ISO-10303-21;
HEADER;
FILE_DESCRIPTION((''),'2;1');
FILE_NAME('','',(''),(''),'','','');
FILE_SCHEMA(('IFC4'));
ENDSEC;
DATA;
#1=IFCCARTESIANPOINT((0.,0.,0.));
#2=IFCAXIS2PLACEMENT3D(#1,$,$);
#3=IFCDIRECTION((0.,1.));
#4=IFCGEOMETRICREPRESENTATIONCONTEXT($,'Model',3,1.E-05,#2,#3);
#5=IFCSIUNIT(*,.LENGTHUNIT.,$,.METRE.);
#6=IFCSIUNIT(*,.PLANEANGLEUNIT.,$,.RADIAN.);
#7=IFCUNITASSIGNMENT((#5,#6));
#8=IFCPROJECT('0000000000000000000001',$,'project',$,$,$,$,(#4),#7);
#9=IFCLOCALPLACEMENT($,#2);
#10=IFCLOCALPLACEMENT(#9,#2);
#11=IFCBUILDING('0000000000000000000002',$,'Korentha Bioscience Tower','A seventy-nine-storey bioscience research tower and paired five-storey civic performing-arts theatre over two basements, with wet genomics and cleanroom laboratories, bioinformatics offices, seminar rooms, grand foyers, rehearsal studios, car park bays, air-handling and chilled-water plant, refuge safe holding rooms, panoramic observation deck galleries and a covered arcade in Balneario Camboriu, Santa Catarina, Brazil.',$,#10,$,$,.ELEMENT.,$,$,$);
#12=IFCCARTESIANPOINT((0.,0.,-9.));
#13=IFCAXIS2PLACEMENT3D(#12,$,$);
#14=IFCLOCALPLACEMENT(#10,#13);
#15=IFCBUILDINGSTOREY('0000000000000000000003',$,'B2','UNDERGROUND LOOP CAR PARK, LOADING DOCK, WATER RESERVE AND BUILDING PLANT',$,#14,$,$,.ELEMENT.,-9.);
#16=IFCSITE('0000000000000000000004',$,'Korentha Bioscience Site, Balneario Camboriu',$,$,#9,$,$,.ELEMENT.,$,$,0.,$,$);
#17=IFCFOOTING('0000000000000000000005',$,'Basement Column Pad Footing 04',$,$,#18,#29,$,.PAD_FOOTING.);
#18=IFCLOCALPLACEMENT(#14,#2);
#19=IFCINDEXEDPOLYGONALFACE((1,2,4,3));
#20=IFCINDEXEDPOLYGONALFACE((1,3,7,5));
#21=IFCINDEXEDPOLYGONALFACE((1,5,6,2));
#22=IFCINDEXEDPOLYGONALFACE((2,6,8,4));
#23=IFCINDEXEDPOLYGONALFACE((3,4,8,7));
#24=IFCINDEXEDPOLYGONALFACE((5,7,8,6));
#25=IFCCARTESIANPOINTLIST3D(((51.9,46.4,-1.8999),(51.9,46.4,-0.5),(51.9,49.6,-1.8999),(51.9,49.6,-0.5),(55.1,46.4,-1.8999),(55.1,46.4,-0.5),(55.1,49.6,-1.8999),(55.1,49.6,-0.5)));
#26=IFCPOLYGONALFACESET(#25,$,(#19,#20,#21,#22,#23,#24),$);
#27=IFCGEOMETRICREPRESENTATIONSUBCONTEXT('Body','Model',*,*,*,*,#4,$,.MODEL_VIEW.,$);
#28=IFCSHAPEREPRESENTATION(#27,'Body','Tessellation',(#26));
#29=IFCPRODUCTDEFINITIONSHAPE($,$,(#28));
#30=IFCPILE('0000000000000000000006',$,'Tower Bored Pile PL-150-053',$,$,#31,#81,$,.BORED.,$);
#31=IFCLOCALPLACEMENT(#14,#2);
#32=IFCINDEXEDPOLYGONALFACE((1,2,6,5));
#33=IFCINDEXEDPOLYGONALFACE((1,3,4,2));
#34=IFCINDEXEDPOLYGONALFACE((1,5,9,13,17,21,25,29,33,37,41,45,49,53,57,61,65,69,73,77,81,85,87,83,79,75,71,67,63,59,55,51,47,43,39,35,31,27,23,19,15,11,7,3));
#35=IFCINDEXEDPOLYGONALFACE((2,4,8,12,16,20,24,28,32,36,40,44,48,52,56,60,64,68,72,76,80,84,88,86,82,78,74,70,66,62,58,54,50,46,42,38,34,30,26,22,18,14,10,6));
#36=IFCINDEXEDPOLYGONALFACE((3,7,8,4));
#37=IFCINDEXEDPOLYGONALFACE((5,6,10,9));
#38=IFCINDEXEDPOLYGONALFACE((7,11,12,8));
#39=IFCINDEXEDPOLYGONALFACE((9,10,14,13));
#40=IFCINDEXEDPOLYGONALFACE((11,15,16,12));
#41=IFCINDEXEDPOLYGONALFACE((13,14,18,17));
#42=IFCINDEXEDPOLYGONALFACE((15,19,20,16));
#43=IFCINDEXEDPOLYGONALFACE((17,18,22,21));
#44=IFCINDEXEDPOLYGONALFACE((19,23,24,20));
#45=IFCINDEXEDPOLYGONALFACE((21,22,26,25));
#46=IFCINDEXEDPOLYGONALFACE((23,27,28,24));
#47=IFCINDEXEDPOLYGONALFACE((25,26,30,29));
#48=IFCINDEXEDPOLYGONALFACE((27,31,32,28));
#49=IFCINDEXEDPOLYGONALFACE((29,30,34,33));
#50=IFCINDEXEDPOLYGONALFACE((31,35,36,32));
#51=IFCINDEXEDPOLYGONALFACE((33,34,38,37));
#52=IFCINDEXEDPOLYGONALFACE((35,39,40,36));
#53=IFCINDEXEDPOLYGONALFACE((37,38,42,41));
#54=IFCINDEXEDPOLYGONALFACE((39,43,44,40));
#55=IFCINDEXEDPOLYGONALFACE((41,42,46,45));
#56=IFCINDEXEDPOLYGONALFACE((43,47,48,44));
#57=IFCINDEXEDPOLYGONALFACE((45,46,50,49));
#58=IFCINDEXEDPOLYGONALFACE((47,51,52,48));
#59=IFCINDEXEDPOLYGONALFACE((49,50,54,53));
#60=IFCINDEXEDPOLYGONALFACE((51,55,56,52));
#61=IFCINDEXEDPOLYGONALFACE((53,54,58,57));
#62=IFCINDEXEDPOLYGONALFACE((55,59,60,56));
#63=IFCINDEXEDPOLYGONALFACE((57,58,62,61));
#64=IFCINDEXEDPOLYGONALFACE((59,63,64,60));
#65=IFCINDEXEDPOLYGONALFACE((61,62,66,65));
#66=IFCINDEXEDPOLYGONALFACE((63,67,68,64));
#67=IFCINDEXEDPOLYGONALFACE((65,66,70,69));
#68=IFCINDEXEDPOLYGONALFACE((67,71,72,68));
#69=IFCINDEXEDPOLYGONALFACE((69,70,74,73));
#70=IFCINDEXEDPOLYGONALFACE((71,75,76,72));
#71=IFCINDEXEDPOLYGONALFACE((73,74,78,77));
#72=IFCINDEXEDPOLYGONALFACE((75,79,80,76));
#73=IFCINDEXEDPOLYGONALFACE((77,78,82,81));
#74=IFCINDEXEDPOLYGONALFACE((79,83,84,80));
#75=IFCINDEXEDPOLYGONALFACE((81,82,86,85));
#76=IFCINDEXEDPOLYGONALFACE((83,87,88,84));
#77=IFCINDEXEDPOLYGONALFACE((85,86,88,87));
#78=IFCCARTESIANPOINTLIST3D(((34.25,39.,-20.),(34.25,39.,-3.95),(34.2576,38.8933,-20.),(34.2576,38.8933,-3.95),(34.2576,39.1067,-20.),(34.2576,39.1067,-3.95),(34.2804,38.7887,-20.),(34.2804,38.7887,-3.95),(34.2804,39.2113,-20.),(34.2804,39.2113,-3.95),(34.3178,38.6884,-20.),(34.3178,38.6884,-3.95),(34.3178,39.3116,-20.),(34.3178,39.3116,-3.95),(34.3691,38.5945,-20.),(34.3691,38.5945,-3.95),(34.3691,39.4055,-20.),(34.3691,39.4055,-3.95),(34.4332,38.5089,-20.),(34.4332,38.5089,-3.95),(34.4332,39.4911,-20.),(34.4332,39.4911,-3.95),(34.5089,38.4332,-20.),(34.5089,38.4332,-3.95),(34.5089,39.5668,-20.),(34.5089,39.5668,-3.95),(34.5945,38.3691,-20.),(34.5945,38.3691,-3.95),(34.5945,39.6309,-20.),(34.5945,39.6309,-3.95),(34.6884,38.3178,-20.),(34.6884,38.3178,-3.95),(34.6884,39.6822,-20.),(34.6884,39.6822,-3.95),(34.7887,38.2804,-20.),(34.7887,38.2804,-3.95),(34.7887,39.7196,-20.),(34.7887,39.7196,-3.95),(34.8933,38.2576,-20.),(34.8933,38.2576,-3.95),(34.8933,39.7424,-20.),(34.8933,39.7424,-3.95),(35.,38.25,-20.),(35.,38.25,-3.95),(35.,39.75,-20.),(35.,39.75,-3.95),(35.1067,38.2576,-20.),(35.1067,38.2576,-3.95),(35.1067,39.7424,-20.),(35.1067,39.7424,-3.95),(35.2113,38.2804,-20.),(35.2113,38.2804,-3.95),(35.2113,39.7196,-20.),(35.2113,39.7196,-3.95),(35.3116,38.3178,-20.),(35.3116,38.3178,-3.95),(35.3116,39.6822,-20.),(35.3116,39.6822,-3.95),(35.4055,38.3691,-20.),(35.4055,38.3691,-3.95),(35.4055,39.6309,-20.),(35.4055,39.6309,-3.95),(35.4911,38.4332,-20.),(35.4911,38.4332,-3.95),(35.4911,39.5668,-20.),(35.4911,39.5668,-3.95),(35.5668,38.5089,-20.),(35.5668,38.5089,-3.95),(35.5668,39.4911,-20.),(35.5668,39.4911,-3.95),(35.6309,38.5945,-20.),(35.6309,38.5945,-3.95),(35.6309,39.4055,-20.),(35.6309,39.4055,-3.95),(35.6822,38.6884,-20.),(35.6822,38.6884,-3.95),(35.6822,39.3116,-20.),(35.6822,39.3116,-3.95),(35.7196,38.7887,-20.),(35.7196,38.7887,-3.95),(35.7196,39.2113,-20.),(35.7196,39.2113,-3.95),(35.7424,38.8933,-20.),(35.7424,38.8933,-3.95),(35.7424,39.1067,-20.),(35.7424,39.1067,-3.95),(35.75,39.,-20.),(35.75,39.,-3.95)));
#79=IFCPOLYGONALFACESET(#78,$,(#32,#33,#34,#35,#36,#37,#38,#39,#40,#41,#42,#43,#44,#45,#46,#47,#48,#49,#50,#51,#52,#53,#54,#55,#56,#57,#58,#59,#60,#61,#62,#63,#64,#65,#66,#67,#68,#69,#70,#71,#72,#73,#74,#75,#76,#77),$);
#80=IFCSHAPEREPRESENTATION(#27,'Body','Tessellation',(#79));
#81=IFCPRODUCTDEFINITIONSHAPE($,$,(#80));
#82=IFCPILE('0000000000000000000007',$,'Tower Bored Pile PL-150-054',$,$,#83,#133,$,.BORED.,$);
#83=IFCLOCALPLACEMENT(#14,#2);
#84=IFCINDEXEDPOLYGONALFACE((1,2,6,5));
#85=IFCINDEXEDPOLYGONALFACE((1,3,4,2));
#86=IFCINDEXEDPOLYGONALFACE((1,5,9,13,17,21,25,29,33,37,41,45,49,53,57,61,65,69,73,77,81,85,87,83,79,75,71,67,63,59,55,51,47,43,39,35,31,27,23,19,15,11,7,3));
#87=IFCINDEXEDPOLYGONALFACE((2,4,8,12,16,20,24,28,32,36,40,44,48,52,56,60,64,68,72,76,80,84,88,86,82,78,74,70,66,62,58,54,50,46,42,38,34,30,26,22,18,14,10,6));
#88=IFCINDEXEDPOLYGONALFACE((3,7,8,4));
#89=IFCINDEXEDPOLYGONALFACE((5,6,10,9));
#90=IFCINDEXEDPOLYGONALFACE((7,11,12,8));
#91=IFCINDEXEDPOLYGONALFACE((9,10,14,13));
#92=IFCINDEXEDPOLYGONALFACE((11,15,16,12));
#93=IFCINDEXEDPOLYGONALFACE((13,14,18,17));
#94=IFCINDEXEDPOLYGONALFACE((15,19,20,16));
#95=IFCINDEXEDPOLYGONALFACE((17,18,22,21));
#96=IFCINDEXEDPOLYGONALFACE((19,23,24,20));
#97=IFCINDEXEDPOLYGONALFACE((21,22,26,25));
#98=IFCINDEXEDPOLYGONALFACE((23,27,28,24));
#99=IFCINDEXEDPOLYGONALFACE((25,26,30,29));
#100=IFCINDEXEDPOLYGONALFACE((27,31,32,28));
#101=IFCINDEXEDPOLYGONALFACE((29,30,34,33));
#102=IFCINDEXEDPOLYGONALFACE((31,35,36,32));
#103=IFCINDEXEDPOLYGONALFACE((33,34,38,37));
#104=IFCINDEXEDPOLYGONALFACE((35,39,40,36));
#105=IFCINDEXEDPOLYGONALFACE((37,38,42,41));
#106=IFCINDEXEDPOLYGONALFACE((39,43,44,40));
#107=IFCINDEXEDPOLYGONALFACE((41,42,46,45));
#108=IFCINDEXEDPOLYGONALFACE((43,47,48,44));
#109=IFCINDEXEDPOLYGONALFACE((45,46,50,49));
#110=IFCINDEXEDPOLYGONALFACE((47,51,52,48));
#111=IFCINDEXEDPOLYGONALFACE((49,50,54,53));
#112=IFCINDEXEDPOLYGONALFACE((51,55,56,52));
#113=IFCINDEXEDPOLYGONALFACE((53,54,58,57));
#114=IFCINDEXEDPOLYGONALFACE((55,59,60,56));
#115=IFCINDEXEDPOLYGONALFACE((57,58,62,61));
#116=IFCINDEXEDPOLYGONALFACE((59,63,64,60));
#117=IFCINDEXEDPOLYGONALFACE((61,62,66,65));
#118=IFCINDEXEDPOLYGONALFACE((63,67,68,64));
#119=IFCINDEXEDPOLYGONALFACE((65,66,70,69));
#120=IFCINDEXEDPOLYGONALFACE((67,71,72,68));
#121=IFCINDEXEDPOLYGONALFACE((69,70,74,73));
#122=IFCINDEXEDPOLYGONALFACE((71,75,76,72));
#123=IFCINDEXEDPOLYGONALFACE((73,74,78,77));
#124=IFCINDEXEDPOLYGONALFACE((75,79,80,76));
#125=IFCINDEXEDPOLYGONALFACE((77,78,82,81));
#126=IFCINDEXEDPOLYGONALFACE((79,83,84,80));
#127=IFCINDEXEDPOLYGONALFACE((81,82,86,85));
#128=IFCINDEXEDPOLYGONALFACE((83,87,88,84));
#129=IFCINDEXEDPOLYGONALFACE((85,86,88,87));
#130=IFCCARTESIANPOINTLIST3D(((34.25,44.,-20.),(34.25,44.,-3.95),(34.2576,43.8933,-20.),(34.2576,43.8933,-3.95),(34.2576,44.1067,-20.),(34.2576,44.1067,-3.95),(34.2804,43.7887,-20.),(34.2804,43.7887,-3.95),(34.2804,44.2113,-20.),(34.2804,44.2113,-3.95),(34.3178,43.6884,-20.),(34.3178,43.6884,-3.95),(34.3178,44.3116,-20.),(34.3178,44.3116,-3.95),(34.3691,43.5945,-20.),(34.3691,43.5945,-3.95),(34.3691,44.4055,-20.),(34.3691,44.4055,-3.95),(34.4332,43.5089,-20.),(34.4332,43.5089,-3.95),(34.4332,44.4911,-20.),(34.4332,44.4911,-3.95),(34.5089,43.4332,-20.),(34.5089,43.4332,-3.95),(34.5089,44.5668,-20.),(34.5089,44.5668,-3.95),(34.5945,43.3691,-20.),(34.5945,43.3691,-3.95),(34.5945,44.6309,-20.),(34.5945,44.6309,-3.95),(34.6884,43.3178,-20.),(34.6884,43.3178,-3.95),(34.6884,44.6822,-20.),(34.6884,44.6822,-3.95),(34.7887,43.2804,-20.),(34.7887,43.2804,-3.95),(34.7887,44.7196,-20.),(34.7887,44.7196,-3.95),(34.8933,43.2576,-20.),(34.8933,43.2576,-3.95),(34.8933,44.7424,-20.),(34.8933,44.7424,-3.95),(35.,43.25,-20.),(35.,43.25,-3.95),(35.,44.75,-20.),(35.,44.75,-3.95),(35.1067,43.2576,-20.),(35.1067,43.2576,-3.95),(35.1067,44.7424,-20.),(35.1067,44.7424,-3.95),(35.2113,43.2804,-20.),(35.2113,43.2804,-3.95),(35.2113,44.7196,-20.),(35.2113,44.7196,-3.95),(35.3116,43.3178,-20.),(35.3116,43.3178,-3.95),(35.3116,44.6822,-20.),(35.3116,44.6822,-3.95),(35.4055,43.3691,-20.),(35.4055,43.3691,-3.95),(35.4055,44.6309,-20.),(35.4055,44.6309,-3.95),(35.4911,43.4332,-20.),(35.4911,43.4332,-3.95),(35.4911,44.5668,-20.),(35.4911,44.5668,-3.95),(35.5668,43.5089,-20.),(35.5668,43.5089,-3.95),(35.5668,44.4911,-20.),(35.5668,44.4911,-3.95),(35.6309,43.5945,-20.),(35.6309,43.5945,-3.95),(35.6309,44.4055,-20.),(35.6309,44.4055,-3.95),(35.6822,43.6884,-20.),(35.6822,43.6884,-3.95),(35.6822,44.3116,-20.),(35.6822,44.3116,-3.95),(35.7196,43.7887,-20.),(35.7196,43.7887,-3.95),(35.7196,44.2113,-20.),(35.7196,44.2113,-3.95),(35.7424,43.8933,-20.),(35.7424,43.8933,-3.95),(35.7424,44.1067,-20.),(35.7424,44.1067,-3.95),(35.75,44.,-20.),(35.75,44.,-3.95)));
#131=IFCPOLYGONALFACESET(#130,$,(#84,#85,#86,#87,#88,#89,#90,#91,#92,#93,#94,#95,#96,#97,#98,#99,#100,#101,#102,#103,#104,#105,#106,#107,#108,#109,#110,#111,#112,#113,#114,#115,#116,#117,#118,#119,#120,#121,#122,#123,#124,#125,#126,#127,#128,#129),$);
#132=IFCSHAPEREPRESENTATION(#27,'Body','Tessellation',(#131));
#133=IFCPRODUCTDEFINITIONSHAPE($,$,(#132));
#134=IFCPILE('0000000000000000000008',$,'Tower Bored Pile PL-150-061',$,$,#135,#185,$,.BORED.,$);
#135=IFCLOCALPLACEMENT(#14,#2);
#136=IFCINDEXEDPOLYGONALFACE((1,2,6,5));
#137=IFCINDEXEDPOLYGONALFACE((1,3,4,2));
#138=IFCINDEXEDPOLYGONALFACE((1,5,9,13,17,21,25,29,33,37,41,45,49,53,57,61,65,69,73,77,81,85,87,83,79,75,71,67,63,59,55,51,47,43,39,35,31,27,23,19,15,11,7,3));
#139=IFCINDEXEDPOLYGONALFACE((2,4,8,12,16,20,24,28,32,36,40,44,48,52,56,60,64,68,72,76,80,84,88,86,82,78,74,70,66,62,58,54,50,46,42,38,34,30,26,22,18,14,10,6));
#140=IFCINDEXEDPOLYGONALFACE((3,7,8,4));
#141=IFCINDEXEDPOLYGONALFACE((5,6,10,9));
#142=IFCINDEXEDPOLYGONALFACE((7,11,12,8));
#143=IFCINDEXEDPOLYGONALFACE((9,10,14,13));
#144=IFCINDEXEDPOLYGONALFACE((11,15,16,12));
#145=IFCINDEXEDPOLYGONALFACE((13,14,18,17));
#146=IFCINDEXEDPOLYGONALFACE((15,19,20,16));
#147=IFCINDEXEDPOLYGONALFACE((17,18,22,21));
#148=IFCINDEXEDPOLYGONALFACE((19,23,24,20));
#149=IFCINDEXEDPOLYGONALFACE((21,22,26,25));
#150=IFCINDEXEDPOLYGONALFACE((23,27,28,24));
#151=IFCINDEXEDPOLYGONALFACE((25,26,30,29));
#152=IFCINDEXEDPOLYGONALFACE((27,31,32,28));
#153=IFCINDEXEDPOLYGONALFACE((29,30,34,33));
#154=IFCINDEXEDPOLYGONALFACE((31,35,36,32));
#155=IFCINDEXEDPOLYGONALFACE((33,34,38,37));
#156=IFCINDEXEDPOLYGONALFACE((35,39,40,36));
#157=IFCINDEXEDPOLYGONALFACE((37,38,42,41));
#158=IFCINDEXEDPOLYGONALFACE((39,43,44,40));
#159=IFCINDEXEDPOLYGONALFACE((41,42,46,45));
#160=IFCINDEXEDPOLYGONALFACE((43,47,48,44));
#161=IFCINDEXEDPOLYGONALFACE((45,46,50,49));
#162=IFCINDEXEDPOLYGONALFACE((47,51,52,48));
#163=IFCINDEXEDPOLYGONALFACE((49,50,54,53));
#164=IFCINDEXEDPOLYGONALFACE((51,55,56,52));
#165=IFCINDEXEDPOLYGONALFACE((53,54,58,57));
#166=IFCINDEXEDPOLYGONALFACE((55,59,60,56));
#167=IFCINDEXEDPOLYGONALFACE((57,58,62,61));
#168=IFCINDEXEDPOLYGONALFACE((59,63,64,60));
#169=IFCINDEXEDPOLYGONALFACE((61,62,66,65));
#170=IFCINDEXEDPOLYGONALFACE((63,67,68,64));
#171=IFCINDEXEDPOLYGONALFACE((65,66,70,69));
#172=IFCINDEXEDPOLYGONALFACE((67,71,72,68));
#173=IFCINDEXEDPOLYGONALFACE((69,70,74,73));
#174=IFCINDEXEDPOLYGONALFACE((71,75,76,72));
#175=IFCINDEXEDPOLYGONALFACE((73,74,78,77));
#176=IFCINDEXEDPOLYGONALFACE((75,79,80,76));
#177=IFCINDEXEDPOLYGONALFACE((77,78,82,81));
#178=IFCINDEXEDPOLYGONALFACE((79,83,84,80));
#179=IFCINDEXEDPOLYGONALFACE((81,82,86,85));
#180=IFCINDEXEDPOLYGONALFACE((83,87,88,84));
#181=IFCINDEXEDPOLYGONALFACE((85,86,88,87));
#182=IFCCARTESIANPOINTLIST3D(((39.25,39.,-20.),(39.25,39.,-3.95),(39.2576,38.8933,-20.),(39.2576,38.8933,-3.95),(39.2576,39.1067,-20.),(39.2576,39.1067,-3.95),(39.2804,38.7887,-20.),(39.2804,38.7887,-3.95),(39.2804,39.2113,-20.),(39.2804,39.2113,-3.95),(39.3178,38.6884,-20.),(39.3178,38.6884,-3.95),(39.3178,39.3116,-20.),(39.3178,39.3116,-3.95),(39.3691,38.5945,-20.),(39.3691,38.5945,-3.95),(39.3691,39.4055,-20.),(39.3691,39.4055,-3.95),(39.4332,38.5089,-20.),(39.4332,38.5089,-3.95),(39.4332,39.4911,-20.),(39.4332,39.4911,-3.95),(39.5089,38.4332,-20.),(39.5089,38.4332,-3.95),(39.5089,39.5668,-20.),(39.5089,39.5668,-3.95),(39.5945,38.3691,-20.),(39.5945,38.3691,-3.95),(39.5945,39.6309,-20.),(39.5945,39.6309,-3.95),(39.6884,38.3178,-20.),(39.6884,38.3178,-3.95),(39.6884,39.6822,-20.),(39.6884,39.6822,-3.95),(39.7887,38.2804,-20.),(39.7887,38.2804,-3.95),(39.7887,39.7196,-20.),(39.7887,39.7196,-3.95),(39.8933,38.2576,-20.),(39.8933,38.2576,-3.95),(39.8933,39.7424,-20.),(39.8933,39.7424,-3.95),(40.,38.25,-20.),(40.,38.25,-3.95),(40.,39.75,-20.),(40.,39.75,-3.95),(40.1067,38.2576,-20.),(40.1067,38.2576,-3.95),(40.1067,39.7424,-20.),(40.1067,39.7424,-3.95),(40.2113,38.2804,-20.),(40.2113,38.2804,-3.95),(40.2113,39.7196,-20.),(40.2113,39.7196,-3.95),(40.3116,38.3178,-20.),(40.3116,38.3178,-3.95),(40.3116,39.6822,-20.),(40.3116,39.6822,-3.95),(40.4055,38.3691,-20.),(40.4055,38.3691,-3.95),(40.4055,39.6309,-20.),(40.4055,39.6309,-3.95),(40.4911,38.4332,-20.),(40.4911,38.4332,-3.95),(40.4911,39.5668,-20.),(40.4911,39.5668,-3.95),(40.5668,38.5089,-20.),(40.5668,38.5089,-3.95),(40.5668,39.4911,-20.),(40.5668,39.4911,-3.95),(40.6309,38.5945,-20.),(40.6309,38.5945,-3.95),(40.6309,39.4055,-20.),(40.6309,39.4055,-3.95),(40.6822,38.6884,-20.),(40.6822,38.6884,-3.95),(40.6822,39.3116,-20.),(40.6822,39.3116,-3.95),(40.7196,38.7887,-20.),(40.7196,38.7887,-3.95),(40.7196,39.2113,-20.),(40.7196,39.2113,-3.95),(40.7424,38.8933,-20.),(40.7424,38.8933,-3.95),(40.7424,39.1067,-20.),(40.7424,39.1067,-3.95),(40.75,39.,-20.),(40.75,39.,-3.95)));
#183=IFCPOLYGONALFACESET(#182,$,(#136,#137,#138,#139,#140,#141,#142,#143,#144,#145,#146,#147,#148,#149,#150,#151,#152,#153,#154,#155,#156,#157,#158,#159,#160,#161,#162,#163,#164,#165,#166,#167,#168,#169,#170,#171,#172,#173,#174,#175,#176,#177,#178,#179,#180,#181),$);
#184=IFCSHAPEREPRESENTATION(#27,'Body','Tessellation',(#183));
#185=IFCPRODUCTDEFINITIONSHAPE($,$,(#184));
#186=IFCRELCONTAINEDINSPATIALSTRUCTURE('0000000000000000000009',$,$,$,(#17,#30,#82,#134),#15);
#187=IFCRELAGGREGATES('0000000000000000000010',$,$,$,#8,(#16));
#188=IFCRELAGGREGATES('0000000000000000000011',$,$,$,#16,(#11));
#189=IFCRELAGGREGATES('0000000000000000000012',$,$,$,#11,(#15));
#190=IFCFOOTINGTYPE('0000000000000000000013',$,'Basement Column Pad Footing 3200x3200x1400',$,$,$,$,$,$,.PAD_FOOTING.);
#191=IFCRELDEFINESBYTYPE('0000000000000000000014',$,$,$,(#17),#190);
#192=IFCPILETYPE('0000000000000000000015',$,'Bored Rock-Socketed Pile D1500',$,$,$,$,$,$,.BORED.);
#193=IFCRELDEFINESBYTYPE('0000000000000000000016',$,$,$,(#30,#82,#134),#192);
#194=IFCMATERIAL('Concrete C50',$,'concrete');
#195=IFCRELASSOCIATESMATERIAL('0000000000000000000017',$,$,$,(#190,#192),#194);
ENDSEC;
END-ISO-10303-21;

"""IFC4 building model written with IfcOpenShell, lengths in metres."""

from ifc_helpers import new_model, si_unit, direction, frame, origin, origin_2d, place, context, subcontext, project, spatial, rectangle, circle, extrude, material, material_profile, profile_set, type_object, element, save


model = new_model("IFC4")

# Units and contexts
model_context = context("Model", 3, precision=1e-05, world=origin(), true_north=direction((0.0, 1.0)))
body_context = subcontext(model_context, "Body", "Model", "MODEL_VIEW")
ifc_project = project(units=[si_unit("LENGTHUNIT", "METRE"), si_unit("PLANEANGLEUNIT", "RADIAN")], contexts=[model_context])

# Site, building, storey
site_placement = place(None, origin())
site = spatial("IfcSite", under=ifc_project, at=site_placement, Name="Korentha Bioscience Site, Balneario Camboriu", CompositionType="ELEMENT", RefElevation=0.0)
building_placement = place(site_placement, origin())
building = spatial("IfcBuilding", under=site, at=building_placement, Name="Korentha Bioscience Tower", Description="A seventy-nine-storey bioscience research tower and paired five-storey civic performing-arts theatre over two basements, with wet genomics and cleanroom laboratories, bioinformatics offices, seminar rooms, grand foyers, rehearsal studios, car park bays, air-handling and chilled-water plant, refuge safe holding rooms, panoramic observation deck galleries and a covered arcade in Balneario Camboriu, Santa Catarina, Brazil.", CompositionType="ELEMENT")
storey_placement = place(building_placement, frame((0.0, 0.0, -9.0)))
storey = spatial("IfcBuildingStorey", under=building, at=storey_placement, Name="B2", Description="UNDERGROUND LOOP CAR PARK, LOADING DOCK, WATER RESERVE AND BUILDING PLANT", CompositionType="ELEMENT", Elevation=-9.0)

# Footing
ifc_material_1 = material(Name="Concrete C50", Category="concrete")
footing_type = type_object("IfcFootingType", Name="Basement Column Pad Footing 3200x3200x1400", PredefinedType="PAD_FOOTING", material=ifc_material_1)
footing_placement = place(storey_placement, frame((53.5, 48.0, -1.8999), z_axis=(0.0, 0.0, 1.0), x_axis=(1.0, 0.0, 0.0)))
element("IfcFooting", 1, at=footing_placement, inside=storey, type_object=footing_type, Name="Basement Column Pad Footing 04", PredefinedType="PAD_FOOTING", context=body_context, shape_type="SweptSolid", body=[
    extrude(rectangle(XDim=3.2, YDim=3.2, at=origin_2d()), origin(), (0.0, 0.0, 1.0), 1.3999),
])

# Piles
ifc_material_profile_1 = material_profile(ifc_material_1, circle(Radius=0.75, at=origin_2d()), Name="Concrete C50")
ifc_profile_set_1 = profile_set([ifc_material_profile_1], Name="Concrete C50 (PL-150)")
pile_type = type_object("IfcPileType", Name="Bored Rock-Socketed Pile D1500", PredefinedType="BORED", material=ifc_profile_set_1)
for number, where, z_axis, x_axis, name in (
    (2, (35.0, 39.0, -3.95), (0.0, 0.0, -1.0), (1.0, 0.0, 0.0), "Tower Bored Pile PL-150-053"),
    (3, (35.0, 44.0, -3.95), (0.0, 0.0, -1.0), (1.0, 0.0, 0.0), "Tower Bored Pile PL-150-054"),
    (4, (40.0, 39.0, -3.95), (0.0, 0.0, -1.0), (1.0, 0.0, 0.0), "Tower Bored Pile PL-150-061"),
):
    element("IfcPile", number, at=place(storey_placement, frame(where, z_axis=z_axis, x_axis=x_axis)), inside=storey, type_object=pile_type, Name=name, PredefinedType="BORED", context=body_context, shape_type="SweptSolid", body=[
        extrude(circle(Radius=0.75, at=origin_2d()), origin(), (0.0, 0.0, 1.0), 16.05),
    ])

save(model, "model.ifc")
